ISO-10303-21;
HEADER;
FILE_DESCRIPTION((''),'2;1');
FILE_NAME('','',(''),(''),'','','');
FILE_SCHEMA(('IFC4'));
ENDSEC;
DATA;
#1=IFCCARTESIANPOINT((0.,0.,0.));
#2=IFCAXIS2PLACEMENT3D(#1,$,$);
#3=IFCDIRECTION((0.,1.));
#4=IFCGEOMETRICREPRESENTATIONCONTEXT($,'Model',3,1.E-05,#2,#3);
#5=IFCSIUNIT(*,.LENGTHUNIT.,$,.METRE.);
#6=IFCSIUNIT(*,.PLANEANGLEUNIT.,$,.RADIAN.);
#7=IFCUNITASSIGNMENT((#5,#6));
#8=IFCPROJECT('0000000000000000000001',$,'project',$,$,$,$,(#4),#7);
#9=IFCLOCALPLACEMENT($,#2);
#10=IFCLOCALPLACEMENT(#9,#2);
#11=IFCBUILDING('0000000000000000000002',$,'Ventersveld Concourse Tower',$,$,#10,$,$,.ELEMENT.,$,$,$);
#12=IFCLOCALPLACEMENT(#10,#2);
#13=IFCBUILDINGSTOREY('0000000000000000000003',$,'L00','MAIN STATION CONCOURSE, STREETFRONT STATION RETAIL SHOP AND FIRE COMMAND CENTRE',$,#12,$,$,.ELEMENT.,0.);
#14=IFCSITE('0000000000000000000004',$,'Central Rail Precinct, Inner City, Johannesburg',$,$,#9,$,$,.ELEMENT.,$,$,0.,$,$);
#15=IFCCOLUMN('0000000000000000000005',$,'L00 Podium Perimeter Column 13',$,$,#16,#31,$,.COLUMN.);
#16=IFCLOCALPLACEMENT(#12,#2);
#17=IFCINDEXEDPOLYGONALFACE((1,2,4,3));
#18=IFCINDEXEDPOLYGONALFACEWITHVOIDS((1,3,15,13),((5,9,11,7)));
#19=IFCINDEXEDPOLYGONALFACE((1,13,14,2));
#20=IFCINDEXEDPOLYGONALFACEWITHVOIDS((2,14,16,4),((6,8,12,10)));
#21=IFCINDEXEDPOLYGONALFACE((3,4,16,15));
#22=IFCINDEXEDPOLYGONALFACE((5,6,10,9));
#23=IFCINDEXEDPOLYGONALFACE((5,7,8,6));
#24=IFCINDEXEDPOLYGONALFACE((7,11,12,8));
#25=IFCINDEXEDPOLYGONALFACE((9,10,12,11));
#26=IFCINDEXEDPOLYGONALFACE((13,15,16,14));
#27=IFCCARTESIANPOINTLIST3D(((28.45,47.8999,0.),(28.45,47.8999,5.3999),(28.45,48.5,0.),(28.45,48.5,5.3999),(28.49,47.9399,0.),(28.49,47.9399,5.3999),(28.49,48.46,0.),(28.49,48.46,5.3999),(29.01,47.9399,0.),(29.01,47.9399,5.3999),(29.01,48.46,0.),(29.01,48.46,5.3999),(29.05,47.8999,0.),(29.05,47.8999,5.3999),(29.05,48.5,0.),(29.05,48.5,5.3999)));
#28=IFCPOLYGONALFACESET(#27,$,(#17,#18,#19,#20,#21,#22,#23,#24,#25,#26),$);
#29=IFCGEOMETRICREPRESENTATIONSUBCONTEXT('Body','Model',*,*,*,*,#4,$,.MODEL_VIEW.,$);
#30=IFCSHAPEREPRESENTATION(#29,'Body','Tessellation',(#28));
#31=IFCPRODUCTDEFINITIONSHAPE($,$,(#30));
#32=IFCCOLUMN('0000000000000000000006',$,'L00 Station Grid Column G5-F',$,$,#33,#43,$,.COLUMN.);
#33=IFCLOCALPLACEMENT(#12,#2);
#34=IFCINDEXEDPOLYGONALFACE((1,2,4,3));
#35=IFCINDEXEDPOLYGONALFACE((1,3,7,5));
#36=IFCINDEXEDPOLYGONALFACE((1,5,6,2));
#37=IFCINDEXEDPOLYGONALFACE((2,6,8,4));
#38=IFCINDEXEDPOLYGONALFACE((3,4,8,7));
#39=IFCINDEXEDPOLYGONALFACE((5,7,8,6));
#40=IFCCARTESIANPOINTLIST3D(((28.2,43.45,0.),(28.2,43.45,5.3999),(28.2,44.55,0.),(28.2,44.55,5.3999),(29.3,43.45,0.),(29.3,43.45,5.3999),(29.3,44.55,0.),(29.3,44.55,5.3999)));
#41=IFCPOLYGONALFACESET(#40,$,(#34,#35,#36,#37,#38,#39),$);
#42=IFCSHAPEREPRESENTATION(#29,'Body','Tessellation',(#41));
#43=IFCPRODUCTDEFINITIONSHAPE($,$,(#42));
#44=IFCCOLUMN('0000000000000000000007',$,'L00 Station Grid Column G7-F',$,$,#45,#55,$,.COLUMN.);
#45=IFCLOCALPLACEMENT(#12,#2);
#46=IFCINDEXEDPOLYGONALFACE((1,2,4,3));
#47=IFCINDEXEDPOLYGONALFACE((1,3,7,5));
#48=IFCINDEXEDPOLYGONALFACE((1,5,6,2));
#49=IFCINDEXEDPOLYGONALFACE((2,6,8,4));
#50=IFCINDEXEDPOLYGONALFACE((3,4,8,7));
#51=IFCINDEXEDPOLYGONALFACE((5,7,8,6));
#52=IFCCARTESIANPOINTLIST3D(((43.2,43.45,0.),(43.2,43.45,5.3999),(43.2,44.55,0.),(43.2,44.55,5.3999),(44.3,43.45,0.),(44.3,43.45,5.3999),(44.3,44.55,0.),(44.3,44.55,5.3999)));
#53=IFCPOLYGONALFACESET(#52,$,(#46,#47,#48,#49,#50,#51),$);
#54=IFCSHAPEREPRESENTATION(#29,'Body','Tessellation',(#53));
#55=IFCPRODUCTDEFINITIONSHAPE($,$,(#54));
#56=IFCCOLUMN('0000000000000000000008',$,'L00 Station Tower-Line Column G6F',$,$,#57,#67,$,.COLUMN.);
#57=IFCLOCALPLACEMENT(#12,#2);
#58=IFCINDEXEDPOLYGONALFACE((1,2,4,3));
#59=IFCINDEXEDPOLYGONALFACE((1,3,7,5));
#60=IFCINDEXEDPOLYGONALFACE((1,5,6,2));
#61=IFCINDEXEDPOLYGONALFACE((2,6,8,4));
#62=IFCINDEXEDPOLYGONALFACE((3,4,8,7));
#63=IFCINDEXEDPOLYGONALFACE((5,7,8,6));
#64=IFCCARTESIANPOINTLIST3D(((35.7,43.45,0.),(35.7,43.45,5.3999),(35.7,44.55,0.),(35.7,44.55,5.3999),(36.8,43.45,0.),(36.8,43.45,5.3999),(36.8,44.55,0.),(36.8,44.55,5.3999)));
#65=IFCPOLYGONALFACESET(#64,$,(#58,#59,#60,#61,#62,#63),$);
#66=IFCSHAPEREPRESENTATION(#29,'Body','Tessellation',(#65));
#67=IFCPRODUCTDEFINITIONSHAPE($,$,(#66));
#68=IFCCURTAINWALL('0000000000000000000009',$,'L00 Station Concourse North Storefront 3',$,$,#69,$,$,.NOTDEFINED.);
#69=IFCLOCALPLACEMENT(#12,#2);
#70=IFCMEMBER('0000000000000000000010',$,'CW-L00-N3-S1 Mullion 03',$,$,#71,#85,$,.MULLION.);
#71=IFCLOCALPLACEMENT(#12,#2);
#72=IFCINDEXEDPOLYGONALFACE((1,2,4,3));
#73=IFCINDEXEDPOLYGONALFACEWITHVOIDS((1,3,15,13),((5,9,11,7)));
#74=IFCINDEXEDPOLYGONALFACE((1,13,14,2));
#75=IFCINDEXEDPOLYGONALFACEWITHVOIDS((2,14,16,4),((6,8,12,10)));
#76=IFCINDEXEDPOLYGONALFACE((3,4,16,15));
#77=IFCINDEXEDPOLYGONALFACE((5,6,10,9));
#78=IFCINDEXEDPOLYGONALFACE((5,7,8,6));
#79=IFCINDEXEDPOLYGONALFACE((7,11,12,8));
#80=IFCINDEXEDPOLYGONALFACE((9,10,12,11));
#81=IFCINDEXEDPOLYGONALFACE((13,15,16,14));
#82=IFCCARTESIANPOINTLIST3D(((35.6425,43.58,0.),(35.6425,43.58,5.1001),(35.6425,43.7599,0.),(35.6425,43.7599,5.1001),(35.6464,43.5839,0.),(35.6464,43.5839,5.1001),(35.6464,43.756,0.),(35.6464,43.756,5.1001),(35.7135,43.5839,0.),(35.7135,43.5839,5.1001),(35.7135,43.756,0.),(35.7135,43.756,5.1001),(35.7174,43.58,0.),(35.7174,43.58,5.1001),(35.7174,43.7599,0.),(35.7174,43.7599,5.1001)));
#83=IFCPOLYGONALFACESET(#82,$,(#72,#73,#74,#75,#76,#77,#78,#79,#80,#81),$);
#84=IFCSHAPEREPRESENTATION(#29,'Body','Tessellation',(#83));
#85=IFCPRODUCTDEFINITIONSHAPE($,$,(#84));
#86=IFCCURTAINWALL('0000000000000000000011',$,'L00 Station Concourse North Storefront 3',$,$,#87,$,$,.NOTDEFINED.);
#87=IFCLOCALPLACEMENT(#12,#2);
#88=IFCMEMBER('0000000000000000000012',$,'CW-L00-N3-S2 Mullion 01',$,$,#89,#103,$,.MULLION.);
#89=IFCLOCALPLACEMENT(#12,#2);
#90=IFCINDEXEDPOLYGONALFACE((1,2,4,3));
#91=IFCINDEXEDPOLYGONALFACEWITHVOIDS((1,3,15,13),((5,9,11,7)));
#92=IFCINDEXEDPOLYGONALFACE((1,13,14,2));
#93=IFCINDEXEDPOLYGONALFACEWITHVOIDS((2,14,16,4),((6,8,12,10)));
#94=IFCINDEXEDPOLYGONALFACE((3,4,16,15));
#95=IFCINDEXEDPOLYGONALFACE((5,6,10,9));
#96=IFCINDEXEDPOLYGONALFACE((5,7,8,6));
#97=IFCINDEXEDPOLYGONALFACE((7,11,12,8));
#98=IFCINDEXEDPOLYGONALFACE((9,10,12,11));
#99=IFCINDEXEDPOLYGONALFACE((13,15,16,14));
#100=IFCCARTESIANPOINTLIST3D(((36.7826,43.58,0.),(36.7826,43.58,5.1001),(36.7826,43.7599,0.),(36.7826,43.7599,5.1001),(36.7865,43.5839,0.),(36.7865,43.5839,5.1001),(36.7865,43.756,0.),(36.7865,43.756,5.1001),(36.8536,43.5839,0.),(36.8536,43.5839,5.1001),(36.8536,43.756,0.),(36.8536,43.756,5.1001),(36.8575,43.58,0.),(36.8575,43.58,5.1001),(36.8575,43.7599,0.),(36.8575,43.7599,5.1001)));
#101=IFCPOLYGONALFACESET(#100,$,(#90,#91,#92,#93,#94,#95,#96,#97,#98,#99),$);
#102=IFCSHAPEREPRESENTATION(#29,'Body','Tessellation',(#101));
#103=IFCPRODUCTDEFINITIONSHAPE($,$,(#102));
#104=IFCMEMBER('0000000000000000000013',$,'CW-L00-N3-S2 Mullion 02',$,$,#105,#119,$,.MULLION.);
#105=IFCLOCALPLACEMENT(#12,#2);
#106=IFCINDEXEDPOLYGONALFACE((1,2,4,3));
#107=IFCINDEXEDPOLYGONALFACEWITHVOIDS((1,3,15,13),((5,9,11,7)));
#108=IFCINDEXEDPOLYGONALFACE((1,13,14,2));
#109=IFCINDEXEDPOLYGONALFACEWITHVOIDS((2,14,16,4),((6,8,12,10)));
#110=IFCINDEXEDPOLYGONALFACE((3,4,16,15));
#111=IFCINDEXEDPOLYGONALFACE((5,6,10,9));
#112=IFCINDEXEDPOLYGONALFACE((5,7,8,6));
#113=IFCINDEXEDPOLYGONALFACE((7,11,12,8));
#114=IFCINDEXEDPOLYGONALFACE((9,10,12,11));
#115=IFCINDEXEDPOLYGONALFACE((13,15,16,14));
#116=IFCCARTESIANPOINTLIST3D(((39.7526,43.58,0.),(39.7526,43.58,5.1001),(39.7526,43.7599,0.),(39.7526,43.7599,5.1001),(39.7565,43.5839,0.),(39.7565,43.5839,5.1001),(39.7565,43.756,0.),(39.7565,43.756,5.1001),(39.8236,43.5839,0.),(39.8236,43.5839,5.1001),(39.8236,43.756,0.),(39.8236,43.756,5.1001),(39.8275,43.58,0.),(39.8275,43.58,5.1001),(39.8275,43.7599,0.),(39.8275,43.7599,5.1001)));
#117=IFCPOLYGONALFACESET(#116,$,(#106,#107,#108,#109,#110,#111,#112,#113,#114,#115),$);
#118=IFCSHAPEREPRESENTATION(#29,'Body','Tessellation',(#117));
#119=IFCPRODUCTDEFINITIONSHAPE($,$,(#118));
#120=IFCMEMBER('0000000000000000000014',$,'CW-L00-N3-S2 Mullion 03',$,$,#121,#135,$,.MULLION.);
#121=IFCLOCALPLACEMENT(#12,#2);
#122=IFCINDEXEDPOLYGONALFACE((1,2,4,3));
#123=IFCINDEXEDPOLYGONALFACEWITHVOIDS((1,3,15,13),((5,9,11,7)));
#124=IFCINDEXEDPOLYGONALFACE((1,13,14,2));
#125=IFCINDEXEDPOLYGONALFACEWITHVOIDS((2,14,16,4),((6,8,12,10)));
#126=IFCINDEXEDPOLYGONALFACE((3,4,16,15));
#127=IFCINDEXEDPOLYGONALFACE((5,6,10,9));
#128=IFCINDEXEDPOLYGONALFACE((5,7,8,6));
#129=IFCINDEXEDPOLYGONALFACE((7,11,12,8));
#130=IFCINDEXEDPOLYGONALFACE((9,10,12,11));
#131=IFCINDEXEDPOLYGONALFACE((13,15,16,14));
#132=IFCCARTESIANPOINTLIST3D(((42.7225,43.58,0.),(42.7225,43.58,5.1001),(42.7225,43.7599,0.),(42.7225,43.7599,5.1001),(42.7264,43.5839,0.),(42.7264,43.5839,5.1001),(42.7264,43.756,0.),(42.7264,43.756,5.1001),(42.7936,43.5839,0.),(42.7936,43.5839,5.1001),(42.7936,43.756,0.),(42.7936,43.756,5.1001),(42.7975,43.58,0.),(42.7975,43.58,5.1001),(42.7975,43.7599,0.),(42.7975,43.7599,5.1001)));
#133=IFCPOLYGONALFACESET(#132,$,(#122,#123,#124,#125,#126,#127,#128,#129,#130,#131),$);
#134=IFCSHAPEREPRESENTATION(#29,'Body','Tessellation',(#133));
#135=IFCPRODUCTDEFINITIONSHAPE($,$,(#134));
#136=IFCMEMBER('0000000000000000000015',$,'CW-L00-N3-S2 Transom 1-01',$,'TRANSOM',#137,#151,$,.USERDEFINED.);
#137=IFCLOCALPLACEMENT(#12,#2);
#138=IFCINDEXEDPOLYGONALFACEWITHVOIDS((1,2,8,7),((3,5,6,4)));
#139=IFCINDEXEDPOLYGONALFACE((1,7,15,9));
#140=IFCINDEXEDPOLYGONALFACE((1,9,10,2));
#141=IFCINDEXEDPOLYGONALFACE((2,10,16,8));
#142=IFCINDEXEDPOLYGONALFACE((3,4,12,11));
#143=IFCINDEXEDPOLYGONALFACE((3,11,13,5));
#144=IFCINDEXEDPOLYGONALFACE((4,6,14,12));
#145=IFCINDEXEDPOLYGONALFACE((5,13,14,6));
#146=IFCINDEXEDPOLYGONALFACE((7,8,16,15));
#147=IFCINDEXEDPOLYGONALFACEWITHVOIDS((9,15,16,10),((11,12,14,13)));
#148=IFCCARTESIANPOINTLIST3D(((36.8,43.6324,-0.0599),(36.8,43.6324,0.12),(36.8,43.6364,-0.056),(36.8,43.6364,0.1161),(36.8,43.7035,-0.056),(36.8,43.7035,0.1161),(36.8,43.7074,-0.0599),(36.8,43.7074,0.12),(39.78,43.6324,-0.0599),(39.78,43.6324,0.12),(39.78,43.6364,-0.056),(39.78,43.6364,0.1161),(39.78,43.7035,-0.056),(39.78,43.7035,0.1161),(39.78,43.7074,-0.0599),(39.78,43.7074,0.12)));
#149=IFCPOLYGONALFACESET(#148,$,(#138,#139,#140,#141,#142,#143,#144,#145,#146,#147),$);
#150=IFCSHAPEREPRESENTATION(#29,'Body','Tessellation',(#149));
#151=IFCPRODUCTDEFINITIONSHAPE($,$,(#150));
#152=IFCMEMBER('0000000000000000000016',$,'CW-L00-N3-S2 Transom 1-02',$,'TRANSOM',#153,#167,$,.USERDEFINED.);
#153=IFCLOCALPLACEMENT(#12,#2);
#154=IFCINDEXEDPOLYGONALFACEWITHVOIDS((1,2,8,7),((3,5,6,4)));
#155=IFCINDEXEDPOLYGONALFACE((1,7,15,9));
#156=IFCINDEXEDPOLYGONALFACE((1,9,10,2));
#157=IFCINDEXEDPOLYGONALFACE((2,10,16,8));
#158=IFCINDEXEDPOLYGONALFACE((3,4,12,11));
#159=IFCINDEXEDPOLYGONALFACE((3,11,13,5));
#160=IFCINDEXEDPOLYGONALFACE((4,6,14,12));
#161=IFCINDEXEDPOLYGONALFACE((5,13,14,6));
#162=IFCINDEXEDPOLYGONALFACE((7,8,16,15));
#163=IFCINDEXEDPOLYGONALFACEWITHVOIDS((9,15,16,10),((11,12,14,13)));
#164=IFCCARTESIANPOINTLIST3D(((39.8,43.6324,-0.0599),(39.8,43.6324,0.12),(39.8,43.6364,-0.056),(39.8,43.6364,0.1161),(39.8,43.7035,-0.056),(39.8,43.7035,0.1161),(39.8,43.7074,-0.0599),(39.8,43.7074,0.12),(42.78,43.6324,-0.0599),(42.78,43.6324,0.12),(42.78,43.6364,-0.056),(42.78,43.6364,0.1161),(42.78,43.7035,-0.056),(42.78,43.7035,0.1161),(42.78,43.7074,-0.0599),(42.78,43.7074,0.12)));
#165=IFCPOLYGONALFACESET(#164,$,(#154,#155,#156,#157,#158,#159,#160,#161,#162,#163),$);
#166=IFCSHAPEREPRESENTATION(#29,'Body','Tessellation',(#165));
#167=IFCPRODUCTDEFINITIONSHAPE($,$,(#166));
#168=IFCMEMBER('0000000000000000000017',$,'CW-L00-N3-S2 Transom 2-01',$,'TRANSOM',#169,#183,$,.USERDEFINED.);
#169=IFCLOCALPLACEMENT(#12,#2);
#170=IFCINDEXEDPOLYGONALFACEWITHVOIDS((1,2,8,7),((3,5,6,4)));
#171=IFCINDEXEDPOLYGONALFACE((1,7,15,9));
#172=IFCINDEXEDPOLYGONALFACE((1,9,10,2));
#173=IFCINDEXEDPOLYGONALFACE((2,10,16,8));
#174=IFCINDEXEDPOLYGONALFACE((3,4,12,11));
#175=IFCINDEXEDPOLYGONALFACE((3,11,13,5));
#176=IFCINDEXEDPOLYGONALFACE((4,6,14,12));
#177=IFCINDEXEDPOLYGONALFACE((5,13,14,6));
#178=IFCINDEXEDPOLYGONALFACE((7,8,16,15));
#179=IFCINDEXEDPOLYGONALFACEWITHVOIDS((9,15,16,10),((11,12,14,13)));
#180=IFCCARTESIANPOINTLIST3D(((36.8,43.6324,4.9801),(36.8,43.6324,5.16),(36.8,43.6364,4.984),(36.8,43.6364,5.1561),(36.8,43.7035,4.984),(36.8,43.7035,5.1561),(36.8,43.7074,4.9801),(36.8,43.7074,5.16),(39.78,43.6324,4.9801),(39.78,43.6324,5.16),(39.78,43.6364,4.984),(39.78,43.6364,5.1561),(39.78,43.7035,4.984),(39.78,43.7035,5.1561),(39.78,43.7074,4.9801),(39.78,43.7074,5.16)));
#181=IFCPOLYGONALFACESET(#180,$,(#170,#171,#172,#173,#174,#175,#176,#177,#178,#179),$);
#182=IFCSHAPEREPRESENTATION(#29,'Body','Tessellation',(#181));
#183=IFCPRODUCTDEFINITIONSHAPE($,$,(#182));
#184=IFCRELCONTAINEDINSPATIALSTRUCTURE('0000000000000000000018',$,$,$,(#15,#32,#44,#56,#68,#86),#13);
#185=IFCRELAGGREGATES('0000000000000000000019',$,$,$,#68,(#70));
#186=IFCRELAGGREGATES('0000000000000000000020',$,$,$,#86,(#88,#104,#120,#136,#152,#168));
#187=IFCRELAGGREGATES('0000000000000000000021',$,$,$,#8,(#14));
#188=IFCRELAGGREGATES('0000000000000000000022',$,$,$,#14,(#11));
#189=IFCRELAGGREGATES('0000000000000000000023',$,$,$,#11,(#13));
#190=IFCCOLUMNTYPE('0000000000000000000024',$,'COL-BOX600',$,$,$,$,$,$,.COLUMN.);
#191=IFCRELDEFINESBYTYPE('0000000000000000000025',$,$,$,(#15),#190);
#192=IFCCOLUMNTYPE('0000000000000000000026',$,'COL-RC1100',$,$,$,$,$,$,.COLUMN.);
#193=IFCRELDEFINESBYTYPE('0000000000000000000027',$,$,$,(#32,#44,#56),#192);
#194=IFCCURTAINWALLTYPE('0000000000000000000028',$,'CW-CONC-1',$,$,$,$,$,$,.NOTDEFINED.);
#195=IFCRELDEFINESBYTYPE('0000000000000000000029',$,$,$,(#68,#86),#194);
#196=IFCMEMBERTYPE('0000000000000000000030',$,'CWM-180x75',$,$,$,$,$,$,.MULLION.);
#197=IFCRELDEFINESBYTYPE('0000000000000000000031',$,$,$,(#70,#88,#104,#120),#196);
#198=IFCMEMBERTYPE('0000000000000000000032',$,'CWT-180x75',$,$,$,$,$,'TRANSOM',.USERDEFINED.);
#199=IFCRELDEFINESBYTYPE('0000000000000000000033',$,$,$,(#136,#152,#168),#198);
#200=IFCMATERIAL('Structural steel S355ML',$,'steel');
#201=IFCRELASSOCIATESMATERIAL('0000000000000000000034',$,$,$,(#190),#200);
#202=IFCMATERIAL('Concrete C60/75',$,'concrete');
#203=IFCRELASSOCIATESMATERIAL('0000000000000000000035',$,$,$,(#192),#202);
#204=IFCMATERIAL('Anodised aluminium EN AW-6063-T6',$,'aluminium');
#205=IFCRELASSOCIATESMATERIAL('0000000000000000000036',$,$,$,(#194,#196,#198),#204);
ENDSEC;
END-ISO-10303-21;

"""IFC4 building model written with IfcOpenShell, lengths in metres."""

from ifc_helpers import new_model, si_unit, direction, frame, origin, origin_2d, place, context, subcontext, project, spatial, rectangle, hollow_rectangle, extrude, material, material_profile, profile_set, type_object, element, aggregate, save


model = new_model("IFC4")

# Units and contexts
model_context = context("Model", 3, precision=1e-05, world=origin(), true_north=direction((0.0, 1.0)))
body_context = subcontext(model_context, "Body", "Model", "MODEL_VIEW")
ifc_project = project(units=[si_unit("LENGTHUNIT", "METRE"), si_unit("PLANEANGLEUNIT", "RADIAN")], contexts=[model_context])

# Site, building, storey
site_placement = place(None, origin())
site = spatial("IfcSite", under=ifc_project, at=site_placement, Name="Central Rail Precinct, Inner City, Johannesburg", CompositionType="ELEMENT", RefElevation=0.0)
building_placement = place(site_placement, origin())
building = spatial("IfcBuilding", under=site, at=building_placement, Name="Ventersveld Concourse Tower", CompositionType="ELEMENT")
storey_placement = place(building_placement, origin())
storey = spatial("IfcBuildingStorey", under=building, at=storey_placement, Name="L00", Description="MAIN STATION CONCOURSE, STREETFRONT STATION RETAIL SHOP AND FIRE COMMAND CENTRE", CompositionType="ELEMENT", Elevation=0.0)

# Columns
ifc_material_1 = material(Name="Structural steel S355ML", Category="steel")
ifc_material_profile_1 = material_profile(ifc_material_1, hollow_rectangle(XDim=0.6001, YDim=0.6001, WallThickness=0.04, at=origin_2d()), Name="BOX 600x600x40")
ifc_profile_set_1 = profile_set([ifc_material_profile_1], Name="Structural steel S355ML")
column_type_1 = type_object("IfcColumnType", Name="COL-BOX600", PredefinedType="COLUMN", material=ifc_profile_set_1)
column_placement = place(storey_placement, frame((28.75, 48.2, 0.0), z_axis=(0.0, 0.0, 1.0), x_axis=(1.0, 0.0, 0.0)))
element("IfcColumn", 1, at=column_placement, inside=storey, type_object=column_type_1, Name="L00 Podium Perimeter Column 13", PredefinedType="COLUMN", context=body_context, shape_type="SweptSolid", body=[
    extrude(hollow_rectangle(XDim=0.6001, YDim=0.6001, WallThickness=0.04, at=origin_2d()), origin(), (0.0, 0.0, 1.0), 5.3999),
])
ifc_material_2 = material(Name="Concrete C60/75", Category="concrete")
ifc_material_profile_2 = material_profile(ifc_material_2, rectangle(XDim=1.1001, YDim=1.1001, at=origin_2d()), Name="RC 1100x1100")
ifc_profile_set_2 = profile_set([ifc_material_profile_2], Name="Concrete C60/75")
column_type_2 = type_object("IfcColumnType", Name="COL-RC1100", PredefinedType="COLUMN", material=ifc_profile_set_2)
for number, where, z_axis, x_axis, name in (
    (2, (28.75, 44.0, 0.0), (0.0, 0.0, 1.0), (1.0, 0.0, 0.0), "L00 Station Grid Column G5-F"),
    (3, (43.75, 44.0, 0.0), (0.0, 0.0, 1.0), (1.0, 0.0, 0.0), "L00 Station Grid Column G7-F"),
    (4, (36.25, 44.0, 0.0), (0.0, 0.0, 1.0), (1.0, 0.0, 0.0), "L00 Station Tower-Line Column G6F"),
):
    element("IfcColumn", number, at=place(storey_placement, frame(where, z_axis=z_axis, x_axis=x_axis)), inside=storey, type_object=column_type_2, Name=name, PredefinedType="COLUMN", context=body_context, shape_type="SweptSolid", body=[
        extrude(rectangle(XDim=1.1001, YDim=1.1001, at=origin_2d()), origin(), (0.0, 0.0, 1.0), 5.3999),
    ])

# Curtain wall, member
ifc_material_3 = material(Name="Anodised aluminium EN AW-6063-T6", Category="aluminium")
curtain_wall_type = type_object("IfcCurtainWallType", Name="CW-CONC-1", PredefinedType="NOTDEFINED", material=ifc_material_3)
curtain_wall_1_placement = place(storey_placement, origin())
curtain_wall_1 = element("IfcCurtainWall", 5, at=curtain_wall_1_placement, inside=storey, type_object=curtain_wall_type, Name="L00 Station Concourse North Storefront 3", PredefinedType="NOTDEFINED")
ifc_material_profile_3 = material_profile(ifc_material_3, hollow_rectangle(XDim=0.075, YDim=0.1799, WallThickness=0.0039, at=origin_2d()), Name="ALU 180x75x4")
ifc_profile_set_3 = profile_set([ifc_material_profile_3], Name="Anodised aluminium EN AW-6063-T6")
member_type_1 = type_object("IfcMemberType", Name="CWM-180x75", PredefinedType="MULLION", material=ifc_profile_set_3)
member_1_placement = place(storey_placement, frame((35.6799, 43.6699, 0.0), z_axis=(0.0, 0.0, 1.0), x_axis=(1.0, 0.0, 0.0)))
member_1 = element("IfcMember", 6, at=member_1_placement, type_object=member_type_1, Name="CW-L00-N3-S1 Mullion 03", PredefinedType="MULLION", context=body_context, shape_type="SweptSolid", body=[
    extrude(hollow_rectangle(XDim=0.075, YDim=0.1799, WallThickness=0.0039, at=origin_2d()), origin(), (0.0, 0.0, 1.0), 5.1001),
])

# Curtain wall, members
curtain_wall_2_placement = place(storey_placement, origin())
curtain_wall_2 = element("IfcCurtainWall", 7, at=curtain_wall_2_placement, inside=storey, type_object=curtain_wall_type, Name="L00 Station Concourse North Storefront 3", PredefinedType="NOTDEFINED")
member_2_placement = place(storey_placement, frame((36.8201, 43.6699, 0.0), z_axis=(0.0, 0.0, 1.0), x_axis=(1.0, 0.0, 0.0)))
member_2 = element("IfcMember", 8, at=member_2_placement, type_object=member_type_1, Name="CW-L00-N3-S2 Mullion 01", PredefinedType="MULLION", context=body_context, shape_type="SweptSolid", body=[
    extrude(hollow_rectangle(XDim=0.075, YDim=0.1799, WallThickness=0.0039, at=origin_2d()), origin(), (0.0, 0.0, 1.0), 5.1001),
])
member_3_placement = place(storey_placement, frame((39.79, 43.6699, 0.0), z_axis=(0.0, 0.0, 1.0), x_axis=(1.0, 0.0, 0.0)))
member_3 = element("IfcMember", 9, at=member_3_placement, type_object=member_type_1, Name="CW-L00-N3-S2 Mullion 02", PredefinedType="MULLION", context=body_context, shape_type="SweptSolid", body=[
    extrude(hollow_rectangle(XDim=0.075, YDim=0.1799, WallThickness=0.0039, at=origin_2d()), origin(), (0.0, 0.0, 1.0), 5.1001),
])
member_4_placement = place(storey_placement, frame((42.76, 43.6699, 0.0), z_axis=(0.0, 0.0, 1.0), x_axis=(1.0, 0.0, 0.0)))
member_4 = element("IfcMember", 10, at=member_4_placement, type_object=member_type_1, Name="CW-L00-N3-S2 Mullion 03", PredefinedType="MULLION", context=body_context, shape_type="SweptSolid", body=[
    extrude(hollow_rectangle(XDim=0.075, YDim=0.1799, WallThickness=0.0039, at=origin_2d()), origin(), (0.0, 0.0, 1.0), 5.1001),
])
ifc_material_profile_4 = material_profile(ifc_material_3, hollow_rectangle(XDim=0.075, YDim=0.1799, WallThickness=0.0039, at=origin_2d()), Name="ALU 180x75x4")
ifc_profile_set_4 = profile_set([ifc_material_profile_4], Name="Anodised aluminium EN AW-6063-T6")
member_type_2 = type_object("IfcMemberType", Name="CWT-180x75", ElementType="TRANSOM", PredefinedType="USERDEFINED", material=ifc_profile_set_4)
member_5_placement = place(storey_placement, frame((36.8, 43.6699, 0.03), z_axis=(1.0, 0.0, 0.0), x_axis=(0.0, 1.0, 0.0)))
member_5 = element("IfcMember", 11, at=member_5_placement, type_object=member_type_2, Name="CW-L00-N3-S2 Transom 1-01", ObjectType="TRANSOM", PredefinedType="USERDEFINED", context=body_context, shape_type="SweptSolid", body=[
    extrude(hollow_rectangle(XDim=0.075, YDim=0.1799, WallThickness=0.0039, at=origin_2d()), origin(), (0.0, 0.0, 1.0), 2.98),
])
member_6_placement = place(storey_placement, frame((39.8, 43.6699, 0.03), z_axis=(1.0, 0.0, 0.0), x_axis=(0.0, 1.0, 0.0)))
member_6 = element("IfcMember", 12, at=member_6_placement, type_object=member_type_2, Name="CW-L00-N3-S2 Transom 1-02", ObjectType="TRANSOM", PredefinedType="USERDEFINED", context=body_context, shape_type="SweptSolid", body=[
    extrude(hollow_rectangle(XDim=0.075, YDim=0.1799, WallThickness=0.0039, at=origin_2d()), origin(), (0.0, 0.0, 1.0), 2.98),
])
member_7_placement = place(storey_placement, frame((36.8, 43.6699, 5.0701), z_axis=(1.0, 0.0, 0.0), x_axis=(0.0, 1.0, 0.0)))
member_7 = element("IfcMember", 13, at=member_7_placement, type_object=member_type_2, Name="CW-L00-N3-S2 Transom 2-01", ObjectType="TRANSOM", PredefinedType="USERDEFINED", context=body_context, shape_type="SweptSolid", body=[
    extrude(hollow_rectangle(XDim=0.075, YDim=0.1799, WallThickness=0.0039, at=origin_2d()), origin(), (0.0, 0.0, 1.0), 2.98),
])

aggregate(curtain_wall_1, [member_1])
aggregate(curtain_wall_2, [member_2, member_3, member_4, member_5, member_6, member_7])

save(model, "model.ifc")
